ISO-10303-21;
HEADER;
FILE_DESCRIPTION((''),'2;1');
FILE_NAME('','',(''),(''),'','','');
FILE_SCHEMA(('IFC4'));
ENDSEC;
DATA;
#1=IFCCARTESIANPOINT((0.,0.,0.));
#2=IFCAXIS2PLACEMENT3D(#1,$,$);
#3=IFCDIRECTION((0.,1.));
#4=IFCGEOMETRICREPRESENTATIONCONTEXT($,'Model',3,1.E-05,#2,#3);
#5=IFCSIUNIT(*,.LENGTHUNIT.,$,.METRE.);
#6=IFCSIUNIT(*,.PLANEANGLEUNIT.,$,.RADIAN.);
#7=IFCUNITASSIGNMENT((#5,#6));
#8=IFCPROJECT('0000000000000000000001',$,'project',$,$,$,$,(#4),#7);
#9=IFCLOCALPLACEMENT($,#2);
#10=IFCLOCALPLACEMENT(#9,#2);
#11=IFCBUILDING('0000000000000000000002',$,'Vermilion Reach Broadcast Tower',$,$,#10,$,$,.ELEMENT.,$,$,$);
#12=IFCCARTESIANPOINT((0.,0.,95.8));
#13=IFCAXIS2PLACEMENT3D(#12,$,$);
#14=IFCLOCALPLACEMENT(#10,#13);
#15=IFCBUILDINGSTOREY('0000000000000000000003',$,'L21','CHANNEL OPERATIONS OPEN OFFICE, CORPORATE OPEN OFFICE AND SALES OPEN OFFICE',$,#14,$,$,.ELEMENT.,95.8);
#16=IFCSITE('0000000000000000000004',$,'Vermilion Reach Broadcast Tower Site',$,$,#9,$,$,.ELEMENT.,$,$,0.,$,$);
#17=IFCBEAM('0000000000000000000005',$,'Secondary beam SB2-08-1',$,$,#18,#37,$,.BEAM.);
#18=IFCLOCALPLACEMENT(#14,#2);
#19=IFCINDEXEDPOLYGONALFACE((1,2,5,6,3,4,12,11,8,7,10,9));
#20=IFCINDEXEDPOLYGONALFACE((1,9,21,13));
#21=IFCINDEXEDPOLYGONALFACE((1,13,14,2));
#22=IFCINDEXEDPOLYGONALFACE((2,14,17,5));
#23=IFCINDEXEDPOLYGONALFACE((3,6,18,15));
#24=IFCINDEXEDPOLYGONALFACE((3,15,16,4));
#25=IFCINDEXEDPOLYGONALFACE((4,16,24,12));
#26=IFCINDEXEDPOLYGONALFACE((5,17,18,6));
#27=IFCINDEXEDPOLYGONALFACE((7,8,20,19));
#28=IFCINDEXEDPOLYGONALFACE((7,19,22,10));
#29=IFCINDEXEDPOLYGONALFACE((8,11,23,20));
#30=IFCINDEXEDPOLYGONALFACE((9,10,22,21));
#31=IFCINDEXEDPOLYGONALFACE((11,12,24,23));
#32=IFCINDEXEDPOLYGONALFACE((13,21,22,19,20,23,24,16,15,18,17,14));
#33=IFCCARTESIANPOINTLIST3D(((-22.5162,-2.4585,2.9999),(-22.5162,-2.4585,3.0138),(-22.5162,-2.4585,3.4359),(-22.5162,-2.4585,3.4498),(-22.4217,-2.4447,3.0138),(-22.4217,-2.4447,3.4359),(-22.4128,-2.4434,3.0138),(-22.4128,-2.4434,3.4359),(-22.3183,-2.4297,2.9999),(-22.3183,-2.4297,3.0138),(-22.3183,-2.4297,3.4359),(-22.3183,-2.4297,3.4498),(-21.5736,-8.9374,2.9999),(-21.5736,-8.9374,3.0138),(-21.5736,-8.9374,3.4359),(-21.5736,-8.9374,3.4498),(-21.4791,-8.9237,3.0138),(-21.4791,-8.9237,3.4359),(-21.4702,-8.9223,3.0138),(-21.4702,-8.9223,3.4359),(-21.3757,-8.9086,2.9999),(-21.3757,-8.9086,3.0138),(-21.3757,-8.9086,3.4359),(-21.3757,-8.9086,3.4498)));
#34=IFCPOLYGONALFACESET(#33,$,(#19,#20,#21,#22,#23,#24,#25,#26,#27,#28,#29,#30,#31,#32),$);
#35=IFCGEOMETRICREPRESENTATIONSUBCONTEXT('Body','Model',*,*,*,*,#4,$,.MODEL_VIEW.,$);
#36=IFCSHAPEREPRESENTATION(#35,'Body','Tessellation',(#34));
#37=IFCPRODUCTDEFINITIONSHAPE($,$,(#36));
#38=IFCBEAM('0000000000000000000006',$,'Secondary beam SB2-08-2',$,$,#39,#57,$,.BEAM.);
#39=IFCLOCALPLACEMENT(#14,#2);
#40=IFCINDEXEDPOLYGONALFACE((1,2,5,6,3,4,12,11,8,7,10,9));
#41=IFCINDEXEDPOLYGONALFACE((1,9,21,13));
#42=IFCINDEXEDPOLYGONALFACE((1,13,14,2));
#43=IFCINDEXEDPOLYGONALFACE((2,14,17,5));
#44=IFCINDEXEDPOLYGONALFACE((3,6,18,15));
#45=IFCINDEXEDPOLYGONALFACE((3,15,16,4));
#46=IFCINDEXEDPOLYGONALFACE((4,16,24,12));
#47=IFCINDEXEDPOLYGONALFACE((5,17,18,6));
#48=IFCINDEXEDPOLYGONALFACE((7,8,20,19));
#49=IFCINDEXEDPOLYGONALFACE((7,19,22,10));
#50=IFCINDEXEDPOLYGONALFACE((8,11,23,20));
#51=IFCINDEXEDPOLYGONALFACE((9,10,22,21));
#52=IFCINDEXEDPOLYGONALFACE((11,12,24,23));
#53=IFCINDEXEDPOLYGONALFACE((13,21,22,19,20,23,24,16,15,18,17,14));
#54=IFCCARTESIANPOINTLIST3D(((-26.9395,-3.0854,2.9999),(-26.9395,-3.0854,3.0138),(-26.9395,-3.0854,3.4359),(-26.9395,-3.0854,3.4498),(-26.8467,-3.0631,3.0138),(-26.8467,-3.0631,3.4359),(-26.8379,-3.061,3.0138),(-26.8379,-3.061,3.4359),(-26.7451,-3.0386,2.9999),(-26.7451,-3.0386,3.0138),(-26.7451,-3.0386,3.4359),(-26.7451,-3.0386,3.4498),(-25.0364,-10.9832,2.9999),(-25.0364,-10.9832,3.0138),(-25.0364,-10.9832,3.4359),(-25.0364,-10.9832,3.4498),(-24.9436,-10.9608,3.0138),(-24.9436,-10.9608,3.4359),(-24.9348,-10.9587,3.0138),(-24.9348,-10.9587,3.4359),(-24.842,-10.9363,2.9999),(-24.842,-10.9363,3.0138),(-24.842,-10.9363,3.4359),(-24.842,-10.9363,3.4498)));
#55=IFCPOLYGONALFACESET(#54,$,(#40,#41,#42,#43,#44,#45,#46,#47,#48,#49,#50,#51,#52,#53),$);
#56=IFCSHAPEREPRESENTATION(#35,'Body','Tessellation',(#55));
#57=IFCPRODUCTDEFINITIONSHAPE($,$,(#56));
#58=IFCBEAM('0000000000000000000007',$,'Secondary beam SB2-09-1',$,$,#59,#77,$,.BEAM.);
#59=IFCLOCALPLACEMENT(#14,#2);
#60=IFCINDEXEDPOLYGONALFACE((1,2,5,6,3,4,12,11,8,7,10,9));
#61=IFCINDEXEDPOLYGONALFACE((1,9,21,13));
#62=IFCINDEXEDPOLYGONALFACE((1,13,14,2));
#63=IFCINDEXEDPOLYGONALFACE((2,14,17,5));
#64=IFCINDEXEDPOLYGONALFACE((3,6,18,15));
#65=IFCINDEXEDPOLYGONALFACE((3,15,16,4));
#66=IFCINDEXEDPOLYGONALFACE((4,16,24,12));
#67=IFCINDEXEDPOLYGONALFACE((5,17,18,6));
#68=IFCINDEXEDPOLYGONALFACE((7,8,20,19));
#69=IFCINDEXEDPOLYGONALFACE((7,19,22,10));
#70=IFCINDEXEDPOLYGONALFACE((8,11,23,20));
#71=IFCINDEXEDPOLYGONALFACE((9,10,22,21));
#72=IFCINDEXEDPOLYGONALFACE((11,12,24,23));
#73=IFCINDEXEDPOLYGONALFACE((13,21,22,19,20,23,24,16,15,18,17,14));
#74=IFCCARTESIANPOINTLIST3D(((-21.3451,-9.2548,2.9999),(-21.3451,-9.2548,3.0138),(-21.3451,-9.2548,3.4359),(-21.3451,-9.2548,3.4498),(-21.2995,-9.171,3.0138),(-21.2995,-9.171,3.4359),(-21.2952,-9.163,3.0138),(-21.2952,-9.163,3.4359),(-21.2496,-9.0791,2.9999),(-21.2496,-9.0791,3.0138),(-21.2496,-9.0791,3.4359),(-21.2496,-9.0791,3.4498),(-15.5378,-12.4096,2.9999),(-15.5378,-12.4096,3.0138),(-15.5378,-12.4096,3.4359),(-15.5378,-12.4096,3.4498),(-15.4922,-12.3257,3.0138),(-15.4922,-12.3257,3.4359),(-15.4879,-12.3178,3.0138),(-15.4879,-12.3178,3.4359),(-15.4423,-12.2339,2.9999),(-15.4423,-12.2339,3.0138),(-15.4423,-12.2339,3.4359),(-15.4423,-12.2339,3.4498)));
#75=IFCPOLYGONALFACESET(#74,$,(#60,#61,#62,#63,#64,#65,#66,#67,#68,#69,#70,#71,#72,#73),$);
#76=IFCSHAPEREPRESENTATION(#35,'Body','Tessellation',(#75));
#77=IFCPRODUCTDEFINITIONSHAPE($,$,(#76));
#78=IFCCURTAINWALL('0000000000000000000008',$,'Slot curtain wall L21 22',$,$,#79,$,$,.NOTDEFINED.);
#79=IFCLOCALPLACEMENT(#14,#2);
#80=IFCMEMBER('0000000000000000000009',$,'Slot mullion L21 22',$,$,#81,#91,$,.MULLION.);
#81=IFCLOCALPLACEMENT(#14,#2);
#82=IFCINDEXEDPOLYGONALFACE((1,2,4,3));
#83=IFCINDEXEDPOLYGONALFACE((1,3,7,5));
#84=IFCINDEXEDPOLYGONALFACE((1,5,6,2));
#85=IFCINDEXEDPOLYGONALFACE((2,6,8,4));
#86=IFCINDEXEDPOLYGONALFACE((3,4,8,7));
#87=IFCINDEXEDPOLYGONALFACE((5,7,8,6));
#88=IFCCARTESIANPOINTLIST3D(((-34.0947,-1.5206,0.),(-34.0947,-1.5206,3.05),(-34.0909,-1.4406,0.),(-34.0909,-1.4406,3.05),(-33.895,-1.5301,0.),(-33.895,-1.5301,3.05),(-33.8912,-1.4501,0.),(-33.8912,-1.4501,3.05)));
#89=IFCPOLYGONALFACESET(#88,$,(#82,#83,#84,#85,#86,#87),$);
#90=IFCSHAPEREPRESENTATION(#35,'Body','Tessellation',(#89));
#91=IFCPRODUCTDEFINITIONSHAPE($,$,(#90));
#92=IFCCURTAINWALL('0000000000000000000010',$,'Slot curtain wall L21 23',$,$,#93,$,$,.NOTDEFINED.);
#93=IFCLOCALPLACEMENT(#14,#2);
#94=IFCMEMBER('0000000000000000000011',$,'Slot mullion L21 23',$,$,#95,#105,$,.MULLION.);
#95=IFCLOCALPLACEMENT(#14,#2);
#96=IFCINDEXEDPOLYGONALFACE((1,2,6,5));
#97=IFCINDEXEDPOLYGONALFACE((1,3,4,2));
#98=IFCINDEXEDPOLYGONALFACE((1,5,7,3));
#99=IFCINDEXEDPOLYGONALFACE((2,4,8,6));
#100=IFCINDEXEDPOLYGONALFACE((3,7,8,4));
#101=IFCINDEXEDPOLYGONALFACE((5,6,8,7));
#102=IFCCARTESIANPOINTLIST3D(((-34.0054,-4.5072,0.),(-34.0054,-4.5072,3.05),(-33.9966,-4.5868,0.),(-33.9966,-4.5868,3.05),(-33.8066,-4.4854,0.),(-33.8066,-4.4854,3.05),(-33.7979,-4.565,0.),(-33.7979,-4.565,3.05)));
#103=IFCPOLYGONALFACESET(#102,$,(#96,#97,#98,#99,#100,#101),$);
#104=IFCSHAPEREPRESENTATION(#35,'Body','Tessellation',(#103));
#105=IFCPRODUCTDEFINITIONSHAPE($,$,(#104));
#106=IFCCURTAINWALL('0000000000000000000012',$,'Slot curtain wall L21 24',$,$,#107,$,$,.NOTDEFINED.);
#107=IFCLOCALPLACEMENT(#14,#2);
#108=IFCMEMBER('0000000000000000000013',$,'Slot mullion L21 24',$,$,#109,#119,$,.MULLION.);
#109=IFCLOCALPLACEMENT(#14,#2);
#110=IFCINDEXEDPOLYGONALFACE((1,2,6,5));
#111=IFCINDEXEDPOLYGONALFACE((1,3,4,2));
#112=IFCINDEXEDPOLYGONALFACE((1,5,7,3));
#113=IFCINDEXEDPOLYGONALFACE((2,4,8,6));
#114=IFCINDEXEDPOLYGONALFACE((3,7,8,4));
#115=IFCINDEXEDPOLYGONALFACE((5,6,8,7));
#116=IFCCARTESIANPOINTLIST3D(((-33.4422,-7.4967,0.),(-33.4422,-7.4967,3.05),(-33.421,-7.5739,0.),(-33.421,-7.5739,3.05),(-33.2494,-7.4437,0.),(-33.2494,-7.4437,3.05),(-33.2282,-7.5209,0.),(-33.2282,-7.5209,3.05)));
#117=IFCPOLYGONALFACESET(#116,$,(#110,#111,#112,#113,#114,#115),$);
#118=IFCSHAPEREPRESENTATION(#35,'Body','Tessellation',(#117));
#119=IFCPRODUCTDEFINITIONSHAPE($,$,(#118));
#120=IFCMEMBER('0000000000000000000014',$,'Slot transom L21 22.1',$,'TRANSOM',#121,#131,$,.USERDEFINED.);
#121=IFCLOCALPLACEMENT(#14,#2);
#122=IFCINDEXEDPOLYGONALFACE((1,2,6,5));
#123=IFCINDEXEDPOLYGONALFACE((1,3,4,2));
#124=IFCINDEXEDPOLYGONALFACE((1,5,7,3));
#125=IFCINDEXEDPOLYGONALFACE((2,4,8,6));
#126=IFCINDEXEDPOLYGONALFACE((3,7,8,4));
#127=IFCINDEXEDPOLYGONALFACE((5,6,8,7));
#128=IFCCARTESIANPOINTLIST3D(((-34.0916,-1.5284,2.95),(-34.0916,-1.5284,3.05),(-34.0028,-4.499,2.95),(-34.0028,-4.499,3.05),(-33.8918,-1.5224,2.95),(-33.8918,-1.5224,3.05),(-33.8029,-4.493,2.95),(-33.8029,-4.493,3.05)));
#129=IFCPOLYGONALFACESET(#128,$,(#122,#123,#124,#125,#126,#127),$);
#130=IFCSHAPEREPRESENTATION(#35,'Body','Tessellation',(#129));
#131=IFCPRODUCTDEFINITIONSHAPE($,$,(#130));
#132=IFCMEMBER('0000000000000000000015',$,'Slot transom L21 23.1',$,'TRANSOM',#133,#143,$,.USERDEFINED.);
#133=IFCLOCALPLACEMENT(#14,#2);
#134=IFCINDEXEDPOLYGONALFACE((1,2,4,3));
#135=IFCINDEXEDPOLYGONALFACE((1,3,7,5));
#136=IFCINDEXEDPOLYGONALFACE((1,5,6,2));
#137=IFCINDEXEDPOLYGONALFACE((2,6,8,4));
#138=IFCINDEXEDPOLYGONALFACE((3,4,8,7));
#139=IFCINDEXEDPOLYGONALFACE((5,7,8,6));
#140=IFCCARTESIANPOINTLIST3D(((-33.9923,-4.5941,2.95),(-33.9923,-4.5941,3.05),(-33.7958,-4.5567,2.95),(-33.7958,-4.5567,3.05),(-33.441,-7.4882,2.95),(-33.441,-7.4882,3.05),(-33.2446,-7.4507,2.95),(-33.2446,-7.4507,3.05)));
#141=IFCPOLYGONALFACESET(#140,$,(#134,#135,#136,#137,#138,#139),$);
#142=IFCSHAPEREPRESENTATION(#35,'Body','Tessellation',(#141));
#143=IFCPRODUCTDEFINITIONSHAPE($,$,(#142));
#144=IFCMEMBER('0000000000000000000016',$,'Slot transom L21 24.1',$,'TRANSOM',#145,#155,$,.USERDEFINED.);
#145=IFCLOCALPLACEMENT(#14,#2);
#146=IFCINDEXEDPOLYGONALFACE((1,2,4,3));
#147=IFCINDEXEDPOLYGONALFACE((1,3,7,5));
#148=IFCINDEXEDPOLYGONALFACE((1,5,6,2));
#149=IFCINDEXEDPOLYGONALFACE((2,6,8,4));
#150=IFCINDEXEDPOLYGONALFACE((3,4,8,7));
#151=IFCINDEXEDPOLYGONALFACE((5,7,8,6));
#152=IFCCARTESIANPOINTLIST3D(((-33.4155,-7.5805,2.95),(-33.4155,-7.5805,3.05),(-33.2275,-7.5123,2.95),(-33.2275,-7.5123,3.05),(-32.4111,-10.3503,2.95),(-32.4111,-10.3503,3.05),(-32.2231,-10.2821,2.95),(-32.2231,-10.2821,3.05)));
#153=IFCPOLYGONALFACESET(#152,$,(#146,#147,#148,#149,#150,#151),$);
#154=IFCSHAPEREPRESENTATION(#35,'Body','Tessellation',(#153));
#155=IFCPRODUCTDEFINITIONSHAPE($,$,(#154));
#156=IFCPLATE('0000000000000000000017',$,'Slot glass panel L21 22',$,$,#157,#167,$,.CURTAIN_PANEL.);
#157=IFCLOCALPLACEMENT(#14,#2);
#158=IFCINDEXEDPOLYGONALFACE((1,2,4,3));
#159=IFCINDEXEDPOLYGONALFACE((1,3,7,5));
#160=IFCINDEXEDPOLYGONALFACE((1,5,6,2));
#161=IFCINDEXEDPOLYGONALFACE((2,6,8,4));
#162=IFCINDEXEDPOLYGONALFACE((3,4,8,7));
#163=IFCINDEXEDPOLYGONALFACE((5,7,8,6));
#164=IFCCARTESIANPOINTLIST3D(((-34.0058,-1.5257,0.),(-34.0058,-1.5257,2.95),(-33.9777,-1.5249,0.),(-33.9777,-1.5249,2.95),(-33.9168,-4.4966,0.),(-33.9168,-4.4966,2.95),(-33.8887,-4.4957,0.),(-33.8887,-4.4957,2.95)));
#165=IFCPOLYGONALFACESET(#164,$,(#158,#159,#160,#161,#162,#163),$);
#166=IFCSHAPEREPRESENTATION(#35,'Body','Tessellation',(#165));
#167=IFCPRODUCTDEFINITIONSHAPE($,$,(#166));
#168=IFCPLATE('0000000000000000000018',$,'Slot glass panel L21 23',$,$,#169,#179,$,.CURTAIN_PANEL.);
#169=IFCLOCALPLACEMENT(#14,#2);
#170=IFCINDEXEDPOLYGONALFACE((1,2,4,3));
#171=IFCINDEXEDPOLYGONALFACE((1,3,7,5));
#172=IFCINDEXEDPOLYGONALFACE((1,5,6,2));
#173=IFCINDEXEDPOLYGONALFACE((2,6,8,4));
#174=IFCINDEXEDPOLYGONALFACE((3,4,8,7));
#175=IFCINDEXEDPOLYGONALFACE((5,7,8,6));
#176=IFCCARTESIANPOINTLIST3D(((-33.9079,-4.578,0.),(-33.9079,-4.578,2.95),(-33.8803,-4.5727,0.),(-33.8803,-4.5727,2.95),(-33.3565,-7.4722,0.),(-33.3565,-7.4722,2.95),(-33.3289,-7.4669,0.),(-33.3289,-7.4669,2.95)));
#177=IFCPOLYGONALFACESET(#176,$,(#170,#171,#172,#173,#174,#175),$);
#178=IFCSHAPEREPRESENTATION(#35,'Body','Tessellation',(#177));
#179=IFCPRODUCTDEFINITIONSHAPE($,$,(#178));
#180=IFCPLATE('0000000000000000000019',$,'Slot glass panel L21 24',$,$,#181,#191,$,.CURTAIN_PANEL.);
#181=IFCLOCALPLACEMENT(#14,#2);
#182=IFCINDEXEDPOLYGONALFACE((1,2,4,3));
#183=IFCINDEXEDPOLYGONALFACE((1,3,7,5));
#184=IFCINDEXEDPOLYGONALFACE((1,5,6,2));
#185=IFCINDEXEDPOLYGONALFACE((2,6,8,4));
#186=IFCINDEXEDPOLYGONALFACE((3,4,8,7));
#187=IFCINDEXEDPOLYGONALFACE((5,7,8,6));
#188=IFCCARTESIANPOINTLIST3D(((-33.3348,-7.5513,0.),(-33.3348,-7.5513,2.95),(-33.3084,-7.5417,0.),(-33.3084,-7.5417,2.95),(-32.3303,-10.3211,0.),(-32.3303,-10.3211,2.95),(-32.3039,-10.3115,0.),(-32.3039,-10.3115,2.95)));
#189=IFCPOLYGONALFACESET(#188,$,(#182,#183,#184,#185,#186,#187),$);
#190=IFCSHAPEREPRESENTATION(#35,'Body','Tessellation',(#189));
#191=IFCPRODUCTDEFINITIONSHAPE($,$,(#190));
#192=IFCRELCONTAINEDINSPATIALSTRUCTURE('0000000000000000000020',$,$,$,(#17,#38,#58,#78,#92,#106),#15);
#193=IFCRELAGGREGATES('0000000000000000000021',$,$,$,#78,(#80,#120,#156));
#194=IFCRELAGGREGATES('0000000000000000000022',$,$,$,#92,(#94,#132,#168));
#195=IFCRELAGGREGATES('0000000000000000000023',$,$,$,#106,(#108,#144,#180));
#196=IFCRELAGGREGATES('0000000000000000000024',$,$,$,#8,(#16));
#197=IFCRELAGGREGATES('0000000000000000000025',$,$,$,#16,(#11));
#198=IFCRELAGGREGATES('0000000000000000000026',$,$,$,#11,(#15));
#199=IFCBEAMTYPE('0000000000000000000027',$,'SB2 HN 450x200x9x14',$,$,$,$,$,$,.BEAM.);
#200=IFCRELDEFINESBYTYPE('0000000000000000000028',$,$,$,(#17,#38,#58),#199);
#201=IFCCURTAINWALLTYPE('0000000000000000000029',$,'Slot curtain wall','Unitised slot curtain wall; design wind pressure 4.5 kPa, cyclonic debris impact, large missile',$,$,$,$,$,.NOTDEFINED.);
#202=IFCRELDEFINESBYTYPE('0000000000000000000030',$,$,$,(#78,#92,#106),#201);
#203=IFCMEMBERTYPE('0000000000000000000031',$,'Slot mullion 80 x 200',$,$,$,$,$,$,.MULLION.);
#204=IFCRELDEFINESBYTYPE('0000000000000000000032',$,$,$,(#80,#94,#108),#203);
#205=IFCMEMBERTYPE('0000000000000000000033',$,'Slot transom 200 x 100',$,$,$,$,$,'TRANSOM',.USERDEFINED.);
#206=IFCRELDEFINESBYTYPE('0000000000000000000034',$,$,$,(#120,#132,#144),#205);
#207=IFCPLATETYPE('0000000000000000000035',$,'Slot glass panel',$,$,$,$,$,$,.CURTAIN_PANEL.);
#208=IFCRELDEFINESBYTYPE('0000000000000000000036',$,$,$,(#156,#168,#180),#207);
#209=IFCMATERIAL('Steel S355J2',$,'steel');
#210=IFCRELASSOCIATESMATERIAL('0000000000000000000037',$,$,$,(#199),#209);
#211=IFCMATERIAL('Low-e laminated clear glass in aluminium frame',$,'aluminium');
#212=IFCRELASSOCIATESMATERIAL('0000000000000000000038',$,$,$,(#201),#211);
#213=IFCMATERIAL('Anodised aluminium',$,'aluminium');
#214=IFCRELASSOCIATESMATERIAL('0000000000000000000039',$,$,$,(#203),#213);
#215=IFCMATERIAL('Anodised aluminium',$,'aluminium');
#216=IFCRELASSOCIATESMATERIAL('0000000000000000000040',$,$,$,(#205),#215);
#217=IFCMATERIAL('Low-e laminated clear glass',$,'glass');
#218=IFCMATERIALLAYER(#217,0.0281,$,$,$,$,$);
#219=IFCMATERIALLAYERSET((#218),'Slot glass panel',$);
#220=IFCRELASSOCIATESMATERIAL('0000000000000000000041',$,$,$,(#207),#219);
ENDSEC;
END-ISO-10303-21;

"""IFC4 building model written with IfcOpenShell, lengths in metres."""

from ifc_helpers import new_model, si_unit, direction, frame, origin, origin_2d, place, context, subcontext, project, spatial, rectangle, i_section, extrude, material, layer, layer_set, material_profile, profile_set, type_object, element, aggregate, save


model = new_model("IFC4")

# Units and contexts
model_context = context("Model", 3, precision=1e-05, world=origin(), true_north=direction((0.0, 1.0)))
body_context = subcontext(model_context, "Body", "Model", "MODEL_VIEW")
ifc_project = project(units=[si_unit("LENGTHUNIT", "METRE"), si_unit("PLANEANGLEUNIT", "RADIAN")], contexts=[model_context])

# Site, building, storey
site_placement = place(None, origin())
site = spatial("IfcSite", under=ifc_project, at=site_placement, Name="Vermilion Reach Broadcast Tower Site", CompositionType="ELEMENT", RefElevation=0.0)
building_placement = place(site_placement, origin())
building = spatial("IfcBuilding", under=site, at=building_placement, Name="Vermilion Reach Broadcast Tower", CompositionType="ELEMENT")
storey_placement = place(building_placement, frame((0.0, 0.0, 95.8)))
storey = spatial("IfcBuildingStorey", under=building, at=storey_placement, Name="L21", Description="CHANNEL OPERATIONS OPEN OFFICE, CORPORATE OPEN OFFICE AND SALES OPEN OFFICE", CompositionType="ELEMENT", Elevation=95.8)

# Beams
ifc_material_1 = material(Name="Steel S355J2", Category="steel")
ifc_material_profile_1 = material_profile(ifc_material_1, i_section(OverallWidth=0.2, OverallDepth=0.45, WebThickness=0.009, FlangeThickness=0.0139, at=origin_2d()), Name="S355J2 HN 450x200x9x14")
ifc_profile_set_1 = profile_set([ifc_material_profile_1], Name="Steel S355J2")
beam_type_1 = type_object("IfcBeamType", Name="SB2 HN 450x200x9x14", PredefinedType="BEAM", material=ifc_profile_set_1)
beam_1_placement = place(storey_placement, frame((-22.4172, -2.4441, 3.2249), z_axis=(0.143974, -0.989582, 0.0), x_axis=(0.989582, 0.143974, 0.0)))
element("IfcBeam", 1, at=beam_1_placement, inside=storey, type_object=beam_type_1, Name="Secondary beam SB2-08-1", PredefinedType="BEAM", context=body_context, shape_type="SweptSolid", body=[
    extrude(i_section(OverallWidth=0.2, OverallDepth=0.45, WebThickness=0.009, FlangeThickness=0.0139, at=origin_2d()), origin(), (0.0, 0.0, 1.0), 6.5471),
])
beam_2_placement = place(storey_placement, frame((-26.8423, -3.062, 3.2249), z_axis=(0.234261, -0.972174, 0.0), x_axis=(0.972174, 0.234261, 0.0)))
element("IfcBeam", 2, at=beam_2_placement, inside=storey, type_object=beam_type_1, Name="Secondary beam SB2-08-2", PredefinedType="BEAM", context=body_context, shape_type="SweptSolid", body=[
    extrude(i_section(OverallWidth=0.2, OverallDepth=0.45, WebThickness=0.009, FlangeThickness=0.0139, at=origin_2d()), origin(), (0.0, 0.0, 1.0), 8.1238),
])
beam_3_placement = place(storey_placement, frame((-21.2974, -9.167, 3.2249), z_axis=(0.878713, -0.47735, 0.0), x_axis=(0.47735, 0.878713, 0.0)))
element("IfcBeam", 3, at=beam_3_placement, inside=storey, type_object=beam_type_1, Name="Secondary beam SB2-09-1", PredefinedType="BEAM", context=body_context, shape_type="SweptSolid", body=[
    extrude(i_section(OverallWidth=0.2, OverallDepth=0.45, WebThickness=0.009, FlangeThickness=0.0139, at=origin_2d()), origin(), (0.0, 0.0, 1.0), 6.6089),
])

# Curtain walls, members
ifc_material_2 = material(Name="Low-e laminated clear glass in aluminium frame", Category="aluminium")
curtain_wall_type = type_object("IfcCurtainWallType", Name="Slot curtain wall", Description="Unitised slot curtain wall; design wind pressure 4.5 kPa, cyclonic debris impact, large missile", PredefinedType="NOTDEFINED", material=ifc_material_2)
placement = place(storey_placement, origin())
curtain_wall_1 = element("IfcCurtainWall", 4, at=placement, inside=storey, type_object=curtain_wall_type, Name="Slot curtain wall L21 22", PredefinedType="NOTDEFINED")
ifc_material_3 = material(Name="Anodised aluminium", Category="aluminium")
ifc_material_profile_2 = material_profile(ifc_material_3, rectangle(XDim=0.2, YDim=0.0801, at=origin_2d()), Name="Slot mullion 80 x 200")
ifc_profile_set_2 = profile_set([ifc_material_profile_2], Name="Anodised aluminium")
member_type_1 = type_object("IfcMemberType", Name="Slot mullion 80 x 200", PredefinedType="MULLION", material=ifc_profile_set_2)
member_1_placement = place(storey_placement, frame((-33.9929, -1.4854, 0.0), z_axis=(0.0, 0.0, 1.0), x_axis=(0.998879, -0.047341, 0.0)))
member_1 = element("IfcMember", 5, at=member_1_placement, type_object=member_type_1, Name="Slot mullion L21 22", PredefinedType="MULLION", context=body_context, shape_type="SweptSolid", body=[
    extrude(rectangle(XDim=0.2, YDim=0.0801, at=origin_2d()), origin(), (0.0, 0.0, 1.0), 3.05),
])
curtain_wall_2 = element("IfcCurtainWall", 6, at=placement, inside=storey, type_object=curtain_wall_type, Name="Slot curtain wall L21 23", PredefinedType="NOTDEFINED")
member_2_placement = place(storey_placement, frame((-33.9016, -4.5361, 0.0), z_axis=(0.0, 0.0, 1.0), x_axis=(0.994054, 0.108886, 0.0)))
member_2 = element("IfcMember", 7, at=member_2_placement, type_object=member_type_1, Name="Slot mullion L21 23", PredefinedType="MULLION", context=body_context, shape_type="SweptSolid", body=[
    extrude(rectangle(XDim=0.2, YDim=0.0801, at=origin_2d()), origin(), (0.0, 0.0, 1.0), 3.05),
])
curtain_wall_3 = element("IfcCurtainWall", 8, at=placement, inside=storey, type_object=curtain_wall_type, Name="Slot curtain wall L21 24", PredefinedType="NOTDEFINED")
member_3_placement = place(storey_placement, frame((-33.3352, -7.5088, 0.0), z_axis=(0.0, 0.0, 1.0), x_axis=(0.964281, 0.264883, 0.0)))
member_3 = element("IfcMember", 9, at=member_3_placement, type_object=member_type_1, Name="Slot mullion L21 24", PredefinedType="MULLION", context=body_context, shape_type="SweptSolid", body=[
    extrude(rectangle(XDim=0.2, YDim=0.0801, at=origin_2d()), origin(), (0.0, 0.0, 1.0), 3.05),
])

# Members
ifc_material_4 = material(Name="Anodised aluminium", Category="aluminium")
ifc_material_profile_3 = material_profile(ifc_material_4, rectangle(XDim=0.2, YDim=0.1001, at=origin_2d()), Name="Slot transom 200 x 100")
ifc_profile_set_3 = profile_set([ifc_material_profile_3], Name="Anodised aluminium")
member_type_2 = type_object("IfcMemberType", Name="Slot transom 200 x 100", ElementType="TRANSOM", PredefinedType="USERDEFINED", material=ifc_profile_set_3)
member_4_placement = place(storey_placement, frame((-33.9917, -1.5254, 3.0), z_axis=(0.029901, -0.999553, 0.0), x_axis=(0.999553, 0.029901, 0.0)))
member_4 = element("IfcMember", 10, at=member_4_placement, type_object=member_type_2, Name="Slot transom L21 22.1", ObjectType="TRANSOM", PredefinedType="USERDEFINED", context=body_context, shape_type="SweptSolid", body=[
    extrude(rectangle(XDim=0.2, YDim=0.1001, at=origin_2d()), origin(), (0.0, 0.0, 1.0), 2.9719),
])
member_5_placement = place(storey_placement, frame((-33.894, -4.5754, 3.0), z_axis=(0.18712, -0.982337, 0.0), x_axis=(0.982337, 0.18712, 0.0)))
member_5 = element("IfcMember", 11, at=member_5_placement, type_object=member_type_2, Name="Slot transom L21 23.1", ObjectType="TRANSOM", PredefinedType="USERDEFINED", context=body_context, shape_type="SweptSolid", body=[
    extrude(rectangle(XDim=0.2, YDim=0.1001, at=origin_2d()), origin(), (0.0, 0.0, 1.0), 2.946),
])
member_6_placement = place(storey_placement, frame((-33.3215, -7.5464, 3.0), z_axis=(0.340905, -0.940098, 0.0), x_axis=(0.940098, 0.340905, 0.0)))
member_6 = element("IfcMember", 12, at=member_6_placement, type_object=member_type_2, Name="Slot transom L21 24.1", ObjectType="TRANSOM", PredefinedType="USERDEFINED", context=body_context, shape_type="SweptSolid", body=[
    extrude(rectangle(XDim=0.2, YDim=0.1001, at=origin_2d()), origin(), (0.0, 0.0, 1.0), 2.9463),
])

# Plates
ifc_material_5 = material(Name="Low-e laminated clear glass", Category="glass")
ifc_layer_1 = layer(ifc_material_5, 0.0281)
ifc_layer_set_1 = layer_set([ifc_layer_1], Name="Slot glass panel")
plate_type = type_object("IfcPlateType", Name="Slot glass panel", PredefinedType="CURTAIN_PANEL", material=ifc_layer_set_1)
plate_1_placement = place(storey_placement, frame((-33.9473, -3.0107, 0.0), z_axis=(0.0, 0.0, 1.0), x_axis=(0.029936, -0.999552, 0.0)))
plate_1 = element("IfcPlate", 13, at=plate_1_placement, type_object=plate_type, Name="Slot glass panel L21 22", PredefinedType="CURTAIN_PANEL", context=body_context, shape_type="SweptSolid", body=[
    extrude(rectangle(XDim=2.9722, YDim=0.0281, at=origin_2d()), origin(), (0.0, 0.0, 1.0), 2.95),
])
aggregate(curtain_wall_1, [member_1, member_4, plate_1])
plate_2_placement = place(storey_placement, frame((-33.6184, -6.0225, 0.0), z_axis=(0.0, 0.0, 1.0), x_axis=(0.187155, -0.98233, 0.0)))
plate_2 = element("IfcPlate", 14, at=plate_2_placement, type_object=plate_type, Name="Slot glass panel L21 23", PredefinedType="CURTAIN_PANEL", context=body_context, shape_type="SweptSolid", body=[
    extrude(rectangle(XDim=2.9463, YDim=0.0281, at=origin_2d()), origin(), (0.0, 0.0, 1.0), 2.95),
])
aggregate(curtain_wall_2, [member_2, member_5, plate_2])
plate_3_placement = place(storey_placement, frame((-32.8193, -8.9314, 0.0), z_axis=(0.0, 0.0, 1.0), x_axis=(0.340925, -0.940091, 0.0)))
plate_3 = element("IfcPlate", 15, at=plate_3_placement, type_object=plate_type, Name="Slot glass panel L21 24", PredefinedType="CURTAIN_PANEL", context=body_context, shape_type="SweptSolid", body=[
    extrude(rectangle(XDim=2.9463, YDim=0.0281, at=origin_2d()), origin(), (0.0, 0.0, 1.0), 2.95),
])
aggregate(curtain_wall_3, [member_3, member_6, plate_3])

save(model, "model.ifc")
